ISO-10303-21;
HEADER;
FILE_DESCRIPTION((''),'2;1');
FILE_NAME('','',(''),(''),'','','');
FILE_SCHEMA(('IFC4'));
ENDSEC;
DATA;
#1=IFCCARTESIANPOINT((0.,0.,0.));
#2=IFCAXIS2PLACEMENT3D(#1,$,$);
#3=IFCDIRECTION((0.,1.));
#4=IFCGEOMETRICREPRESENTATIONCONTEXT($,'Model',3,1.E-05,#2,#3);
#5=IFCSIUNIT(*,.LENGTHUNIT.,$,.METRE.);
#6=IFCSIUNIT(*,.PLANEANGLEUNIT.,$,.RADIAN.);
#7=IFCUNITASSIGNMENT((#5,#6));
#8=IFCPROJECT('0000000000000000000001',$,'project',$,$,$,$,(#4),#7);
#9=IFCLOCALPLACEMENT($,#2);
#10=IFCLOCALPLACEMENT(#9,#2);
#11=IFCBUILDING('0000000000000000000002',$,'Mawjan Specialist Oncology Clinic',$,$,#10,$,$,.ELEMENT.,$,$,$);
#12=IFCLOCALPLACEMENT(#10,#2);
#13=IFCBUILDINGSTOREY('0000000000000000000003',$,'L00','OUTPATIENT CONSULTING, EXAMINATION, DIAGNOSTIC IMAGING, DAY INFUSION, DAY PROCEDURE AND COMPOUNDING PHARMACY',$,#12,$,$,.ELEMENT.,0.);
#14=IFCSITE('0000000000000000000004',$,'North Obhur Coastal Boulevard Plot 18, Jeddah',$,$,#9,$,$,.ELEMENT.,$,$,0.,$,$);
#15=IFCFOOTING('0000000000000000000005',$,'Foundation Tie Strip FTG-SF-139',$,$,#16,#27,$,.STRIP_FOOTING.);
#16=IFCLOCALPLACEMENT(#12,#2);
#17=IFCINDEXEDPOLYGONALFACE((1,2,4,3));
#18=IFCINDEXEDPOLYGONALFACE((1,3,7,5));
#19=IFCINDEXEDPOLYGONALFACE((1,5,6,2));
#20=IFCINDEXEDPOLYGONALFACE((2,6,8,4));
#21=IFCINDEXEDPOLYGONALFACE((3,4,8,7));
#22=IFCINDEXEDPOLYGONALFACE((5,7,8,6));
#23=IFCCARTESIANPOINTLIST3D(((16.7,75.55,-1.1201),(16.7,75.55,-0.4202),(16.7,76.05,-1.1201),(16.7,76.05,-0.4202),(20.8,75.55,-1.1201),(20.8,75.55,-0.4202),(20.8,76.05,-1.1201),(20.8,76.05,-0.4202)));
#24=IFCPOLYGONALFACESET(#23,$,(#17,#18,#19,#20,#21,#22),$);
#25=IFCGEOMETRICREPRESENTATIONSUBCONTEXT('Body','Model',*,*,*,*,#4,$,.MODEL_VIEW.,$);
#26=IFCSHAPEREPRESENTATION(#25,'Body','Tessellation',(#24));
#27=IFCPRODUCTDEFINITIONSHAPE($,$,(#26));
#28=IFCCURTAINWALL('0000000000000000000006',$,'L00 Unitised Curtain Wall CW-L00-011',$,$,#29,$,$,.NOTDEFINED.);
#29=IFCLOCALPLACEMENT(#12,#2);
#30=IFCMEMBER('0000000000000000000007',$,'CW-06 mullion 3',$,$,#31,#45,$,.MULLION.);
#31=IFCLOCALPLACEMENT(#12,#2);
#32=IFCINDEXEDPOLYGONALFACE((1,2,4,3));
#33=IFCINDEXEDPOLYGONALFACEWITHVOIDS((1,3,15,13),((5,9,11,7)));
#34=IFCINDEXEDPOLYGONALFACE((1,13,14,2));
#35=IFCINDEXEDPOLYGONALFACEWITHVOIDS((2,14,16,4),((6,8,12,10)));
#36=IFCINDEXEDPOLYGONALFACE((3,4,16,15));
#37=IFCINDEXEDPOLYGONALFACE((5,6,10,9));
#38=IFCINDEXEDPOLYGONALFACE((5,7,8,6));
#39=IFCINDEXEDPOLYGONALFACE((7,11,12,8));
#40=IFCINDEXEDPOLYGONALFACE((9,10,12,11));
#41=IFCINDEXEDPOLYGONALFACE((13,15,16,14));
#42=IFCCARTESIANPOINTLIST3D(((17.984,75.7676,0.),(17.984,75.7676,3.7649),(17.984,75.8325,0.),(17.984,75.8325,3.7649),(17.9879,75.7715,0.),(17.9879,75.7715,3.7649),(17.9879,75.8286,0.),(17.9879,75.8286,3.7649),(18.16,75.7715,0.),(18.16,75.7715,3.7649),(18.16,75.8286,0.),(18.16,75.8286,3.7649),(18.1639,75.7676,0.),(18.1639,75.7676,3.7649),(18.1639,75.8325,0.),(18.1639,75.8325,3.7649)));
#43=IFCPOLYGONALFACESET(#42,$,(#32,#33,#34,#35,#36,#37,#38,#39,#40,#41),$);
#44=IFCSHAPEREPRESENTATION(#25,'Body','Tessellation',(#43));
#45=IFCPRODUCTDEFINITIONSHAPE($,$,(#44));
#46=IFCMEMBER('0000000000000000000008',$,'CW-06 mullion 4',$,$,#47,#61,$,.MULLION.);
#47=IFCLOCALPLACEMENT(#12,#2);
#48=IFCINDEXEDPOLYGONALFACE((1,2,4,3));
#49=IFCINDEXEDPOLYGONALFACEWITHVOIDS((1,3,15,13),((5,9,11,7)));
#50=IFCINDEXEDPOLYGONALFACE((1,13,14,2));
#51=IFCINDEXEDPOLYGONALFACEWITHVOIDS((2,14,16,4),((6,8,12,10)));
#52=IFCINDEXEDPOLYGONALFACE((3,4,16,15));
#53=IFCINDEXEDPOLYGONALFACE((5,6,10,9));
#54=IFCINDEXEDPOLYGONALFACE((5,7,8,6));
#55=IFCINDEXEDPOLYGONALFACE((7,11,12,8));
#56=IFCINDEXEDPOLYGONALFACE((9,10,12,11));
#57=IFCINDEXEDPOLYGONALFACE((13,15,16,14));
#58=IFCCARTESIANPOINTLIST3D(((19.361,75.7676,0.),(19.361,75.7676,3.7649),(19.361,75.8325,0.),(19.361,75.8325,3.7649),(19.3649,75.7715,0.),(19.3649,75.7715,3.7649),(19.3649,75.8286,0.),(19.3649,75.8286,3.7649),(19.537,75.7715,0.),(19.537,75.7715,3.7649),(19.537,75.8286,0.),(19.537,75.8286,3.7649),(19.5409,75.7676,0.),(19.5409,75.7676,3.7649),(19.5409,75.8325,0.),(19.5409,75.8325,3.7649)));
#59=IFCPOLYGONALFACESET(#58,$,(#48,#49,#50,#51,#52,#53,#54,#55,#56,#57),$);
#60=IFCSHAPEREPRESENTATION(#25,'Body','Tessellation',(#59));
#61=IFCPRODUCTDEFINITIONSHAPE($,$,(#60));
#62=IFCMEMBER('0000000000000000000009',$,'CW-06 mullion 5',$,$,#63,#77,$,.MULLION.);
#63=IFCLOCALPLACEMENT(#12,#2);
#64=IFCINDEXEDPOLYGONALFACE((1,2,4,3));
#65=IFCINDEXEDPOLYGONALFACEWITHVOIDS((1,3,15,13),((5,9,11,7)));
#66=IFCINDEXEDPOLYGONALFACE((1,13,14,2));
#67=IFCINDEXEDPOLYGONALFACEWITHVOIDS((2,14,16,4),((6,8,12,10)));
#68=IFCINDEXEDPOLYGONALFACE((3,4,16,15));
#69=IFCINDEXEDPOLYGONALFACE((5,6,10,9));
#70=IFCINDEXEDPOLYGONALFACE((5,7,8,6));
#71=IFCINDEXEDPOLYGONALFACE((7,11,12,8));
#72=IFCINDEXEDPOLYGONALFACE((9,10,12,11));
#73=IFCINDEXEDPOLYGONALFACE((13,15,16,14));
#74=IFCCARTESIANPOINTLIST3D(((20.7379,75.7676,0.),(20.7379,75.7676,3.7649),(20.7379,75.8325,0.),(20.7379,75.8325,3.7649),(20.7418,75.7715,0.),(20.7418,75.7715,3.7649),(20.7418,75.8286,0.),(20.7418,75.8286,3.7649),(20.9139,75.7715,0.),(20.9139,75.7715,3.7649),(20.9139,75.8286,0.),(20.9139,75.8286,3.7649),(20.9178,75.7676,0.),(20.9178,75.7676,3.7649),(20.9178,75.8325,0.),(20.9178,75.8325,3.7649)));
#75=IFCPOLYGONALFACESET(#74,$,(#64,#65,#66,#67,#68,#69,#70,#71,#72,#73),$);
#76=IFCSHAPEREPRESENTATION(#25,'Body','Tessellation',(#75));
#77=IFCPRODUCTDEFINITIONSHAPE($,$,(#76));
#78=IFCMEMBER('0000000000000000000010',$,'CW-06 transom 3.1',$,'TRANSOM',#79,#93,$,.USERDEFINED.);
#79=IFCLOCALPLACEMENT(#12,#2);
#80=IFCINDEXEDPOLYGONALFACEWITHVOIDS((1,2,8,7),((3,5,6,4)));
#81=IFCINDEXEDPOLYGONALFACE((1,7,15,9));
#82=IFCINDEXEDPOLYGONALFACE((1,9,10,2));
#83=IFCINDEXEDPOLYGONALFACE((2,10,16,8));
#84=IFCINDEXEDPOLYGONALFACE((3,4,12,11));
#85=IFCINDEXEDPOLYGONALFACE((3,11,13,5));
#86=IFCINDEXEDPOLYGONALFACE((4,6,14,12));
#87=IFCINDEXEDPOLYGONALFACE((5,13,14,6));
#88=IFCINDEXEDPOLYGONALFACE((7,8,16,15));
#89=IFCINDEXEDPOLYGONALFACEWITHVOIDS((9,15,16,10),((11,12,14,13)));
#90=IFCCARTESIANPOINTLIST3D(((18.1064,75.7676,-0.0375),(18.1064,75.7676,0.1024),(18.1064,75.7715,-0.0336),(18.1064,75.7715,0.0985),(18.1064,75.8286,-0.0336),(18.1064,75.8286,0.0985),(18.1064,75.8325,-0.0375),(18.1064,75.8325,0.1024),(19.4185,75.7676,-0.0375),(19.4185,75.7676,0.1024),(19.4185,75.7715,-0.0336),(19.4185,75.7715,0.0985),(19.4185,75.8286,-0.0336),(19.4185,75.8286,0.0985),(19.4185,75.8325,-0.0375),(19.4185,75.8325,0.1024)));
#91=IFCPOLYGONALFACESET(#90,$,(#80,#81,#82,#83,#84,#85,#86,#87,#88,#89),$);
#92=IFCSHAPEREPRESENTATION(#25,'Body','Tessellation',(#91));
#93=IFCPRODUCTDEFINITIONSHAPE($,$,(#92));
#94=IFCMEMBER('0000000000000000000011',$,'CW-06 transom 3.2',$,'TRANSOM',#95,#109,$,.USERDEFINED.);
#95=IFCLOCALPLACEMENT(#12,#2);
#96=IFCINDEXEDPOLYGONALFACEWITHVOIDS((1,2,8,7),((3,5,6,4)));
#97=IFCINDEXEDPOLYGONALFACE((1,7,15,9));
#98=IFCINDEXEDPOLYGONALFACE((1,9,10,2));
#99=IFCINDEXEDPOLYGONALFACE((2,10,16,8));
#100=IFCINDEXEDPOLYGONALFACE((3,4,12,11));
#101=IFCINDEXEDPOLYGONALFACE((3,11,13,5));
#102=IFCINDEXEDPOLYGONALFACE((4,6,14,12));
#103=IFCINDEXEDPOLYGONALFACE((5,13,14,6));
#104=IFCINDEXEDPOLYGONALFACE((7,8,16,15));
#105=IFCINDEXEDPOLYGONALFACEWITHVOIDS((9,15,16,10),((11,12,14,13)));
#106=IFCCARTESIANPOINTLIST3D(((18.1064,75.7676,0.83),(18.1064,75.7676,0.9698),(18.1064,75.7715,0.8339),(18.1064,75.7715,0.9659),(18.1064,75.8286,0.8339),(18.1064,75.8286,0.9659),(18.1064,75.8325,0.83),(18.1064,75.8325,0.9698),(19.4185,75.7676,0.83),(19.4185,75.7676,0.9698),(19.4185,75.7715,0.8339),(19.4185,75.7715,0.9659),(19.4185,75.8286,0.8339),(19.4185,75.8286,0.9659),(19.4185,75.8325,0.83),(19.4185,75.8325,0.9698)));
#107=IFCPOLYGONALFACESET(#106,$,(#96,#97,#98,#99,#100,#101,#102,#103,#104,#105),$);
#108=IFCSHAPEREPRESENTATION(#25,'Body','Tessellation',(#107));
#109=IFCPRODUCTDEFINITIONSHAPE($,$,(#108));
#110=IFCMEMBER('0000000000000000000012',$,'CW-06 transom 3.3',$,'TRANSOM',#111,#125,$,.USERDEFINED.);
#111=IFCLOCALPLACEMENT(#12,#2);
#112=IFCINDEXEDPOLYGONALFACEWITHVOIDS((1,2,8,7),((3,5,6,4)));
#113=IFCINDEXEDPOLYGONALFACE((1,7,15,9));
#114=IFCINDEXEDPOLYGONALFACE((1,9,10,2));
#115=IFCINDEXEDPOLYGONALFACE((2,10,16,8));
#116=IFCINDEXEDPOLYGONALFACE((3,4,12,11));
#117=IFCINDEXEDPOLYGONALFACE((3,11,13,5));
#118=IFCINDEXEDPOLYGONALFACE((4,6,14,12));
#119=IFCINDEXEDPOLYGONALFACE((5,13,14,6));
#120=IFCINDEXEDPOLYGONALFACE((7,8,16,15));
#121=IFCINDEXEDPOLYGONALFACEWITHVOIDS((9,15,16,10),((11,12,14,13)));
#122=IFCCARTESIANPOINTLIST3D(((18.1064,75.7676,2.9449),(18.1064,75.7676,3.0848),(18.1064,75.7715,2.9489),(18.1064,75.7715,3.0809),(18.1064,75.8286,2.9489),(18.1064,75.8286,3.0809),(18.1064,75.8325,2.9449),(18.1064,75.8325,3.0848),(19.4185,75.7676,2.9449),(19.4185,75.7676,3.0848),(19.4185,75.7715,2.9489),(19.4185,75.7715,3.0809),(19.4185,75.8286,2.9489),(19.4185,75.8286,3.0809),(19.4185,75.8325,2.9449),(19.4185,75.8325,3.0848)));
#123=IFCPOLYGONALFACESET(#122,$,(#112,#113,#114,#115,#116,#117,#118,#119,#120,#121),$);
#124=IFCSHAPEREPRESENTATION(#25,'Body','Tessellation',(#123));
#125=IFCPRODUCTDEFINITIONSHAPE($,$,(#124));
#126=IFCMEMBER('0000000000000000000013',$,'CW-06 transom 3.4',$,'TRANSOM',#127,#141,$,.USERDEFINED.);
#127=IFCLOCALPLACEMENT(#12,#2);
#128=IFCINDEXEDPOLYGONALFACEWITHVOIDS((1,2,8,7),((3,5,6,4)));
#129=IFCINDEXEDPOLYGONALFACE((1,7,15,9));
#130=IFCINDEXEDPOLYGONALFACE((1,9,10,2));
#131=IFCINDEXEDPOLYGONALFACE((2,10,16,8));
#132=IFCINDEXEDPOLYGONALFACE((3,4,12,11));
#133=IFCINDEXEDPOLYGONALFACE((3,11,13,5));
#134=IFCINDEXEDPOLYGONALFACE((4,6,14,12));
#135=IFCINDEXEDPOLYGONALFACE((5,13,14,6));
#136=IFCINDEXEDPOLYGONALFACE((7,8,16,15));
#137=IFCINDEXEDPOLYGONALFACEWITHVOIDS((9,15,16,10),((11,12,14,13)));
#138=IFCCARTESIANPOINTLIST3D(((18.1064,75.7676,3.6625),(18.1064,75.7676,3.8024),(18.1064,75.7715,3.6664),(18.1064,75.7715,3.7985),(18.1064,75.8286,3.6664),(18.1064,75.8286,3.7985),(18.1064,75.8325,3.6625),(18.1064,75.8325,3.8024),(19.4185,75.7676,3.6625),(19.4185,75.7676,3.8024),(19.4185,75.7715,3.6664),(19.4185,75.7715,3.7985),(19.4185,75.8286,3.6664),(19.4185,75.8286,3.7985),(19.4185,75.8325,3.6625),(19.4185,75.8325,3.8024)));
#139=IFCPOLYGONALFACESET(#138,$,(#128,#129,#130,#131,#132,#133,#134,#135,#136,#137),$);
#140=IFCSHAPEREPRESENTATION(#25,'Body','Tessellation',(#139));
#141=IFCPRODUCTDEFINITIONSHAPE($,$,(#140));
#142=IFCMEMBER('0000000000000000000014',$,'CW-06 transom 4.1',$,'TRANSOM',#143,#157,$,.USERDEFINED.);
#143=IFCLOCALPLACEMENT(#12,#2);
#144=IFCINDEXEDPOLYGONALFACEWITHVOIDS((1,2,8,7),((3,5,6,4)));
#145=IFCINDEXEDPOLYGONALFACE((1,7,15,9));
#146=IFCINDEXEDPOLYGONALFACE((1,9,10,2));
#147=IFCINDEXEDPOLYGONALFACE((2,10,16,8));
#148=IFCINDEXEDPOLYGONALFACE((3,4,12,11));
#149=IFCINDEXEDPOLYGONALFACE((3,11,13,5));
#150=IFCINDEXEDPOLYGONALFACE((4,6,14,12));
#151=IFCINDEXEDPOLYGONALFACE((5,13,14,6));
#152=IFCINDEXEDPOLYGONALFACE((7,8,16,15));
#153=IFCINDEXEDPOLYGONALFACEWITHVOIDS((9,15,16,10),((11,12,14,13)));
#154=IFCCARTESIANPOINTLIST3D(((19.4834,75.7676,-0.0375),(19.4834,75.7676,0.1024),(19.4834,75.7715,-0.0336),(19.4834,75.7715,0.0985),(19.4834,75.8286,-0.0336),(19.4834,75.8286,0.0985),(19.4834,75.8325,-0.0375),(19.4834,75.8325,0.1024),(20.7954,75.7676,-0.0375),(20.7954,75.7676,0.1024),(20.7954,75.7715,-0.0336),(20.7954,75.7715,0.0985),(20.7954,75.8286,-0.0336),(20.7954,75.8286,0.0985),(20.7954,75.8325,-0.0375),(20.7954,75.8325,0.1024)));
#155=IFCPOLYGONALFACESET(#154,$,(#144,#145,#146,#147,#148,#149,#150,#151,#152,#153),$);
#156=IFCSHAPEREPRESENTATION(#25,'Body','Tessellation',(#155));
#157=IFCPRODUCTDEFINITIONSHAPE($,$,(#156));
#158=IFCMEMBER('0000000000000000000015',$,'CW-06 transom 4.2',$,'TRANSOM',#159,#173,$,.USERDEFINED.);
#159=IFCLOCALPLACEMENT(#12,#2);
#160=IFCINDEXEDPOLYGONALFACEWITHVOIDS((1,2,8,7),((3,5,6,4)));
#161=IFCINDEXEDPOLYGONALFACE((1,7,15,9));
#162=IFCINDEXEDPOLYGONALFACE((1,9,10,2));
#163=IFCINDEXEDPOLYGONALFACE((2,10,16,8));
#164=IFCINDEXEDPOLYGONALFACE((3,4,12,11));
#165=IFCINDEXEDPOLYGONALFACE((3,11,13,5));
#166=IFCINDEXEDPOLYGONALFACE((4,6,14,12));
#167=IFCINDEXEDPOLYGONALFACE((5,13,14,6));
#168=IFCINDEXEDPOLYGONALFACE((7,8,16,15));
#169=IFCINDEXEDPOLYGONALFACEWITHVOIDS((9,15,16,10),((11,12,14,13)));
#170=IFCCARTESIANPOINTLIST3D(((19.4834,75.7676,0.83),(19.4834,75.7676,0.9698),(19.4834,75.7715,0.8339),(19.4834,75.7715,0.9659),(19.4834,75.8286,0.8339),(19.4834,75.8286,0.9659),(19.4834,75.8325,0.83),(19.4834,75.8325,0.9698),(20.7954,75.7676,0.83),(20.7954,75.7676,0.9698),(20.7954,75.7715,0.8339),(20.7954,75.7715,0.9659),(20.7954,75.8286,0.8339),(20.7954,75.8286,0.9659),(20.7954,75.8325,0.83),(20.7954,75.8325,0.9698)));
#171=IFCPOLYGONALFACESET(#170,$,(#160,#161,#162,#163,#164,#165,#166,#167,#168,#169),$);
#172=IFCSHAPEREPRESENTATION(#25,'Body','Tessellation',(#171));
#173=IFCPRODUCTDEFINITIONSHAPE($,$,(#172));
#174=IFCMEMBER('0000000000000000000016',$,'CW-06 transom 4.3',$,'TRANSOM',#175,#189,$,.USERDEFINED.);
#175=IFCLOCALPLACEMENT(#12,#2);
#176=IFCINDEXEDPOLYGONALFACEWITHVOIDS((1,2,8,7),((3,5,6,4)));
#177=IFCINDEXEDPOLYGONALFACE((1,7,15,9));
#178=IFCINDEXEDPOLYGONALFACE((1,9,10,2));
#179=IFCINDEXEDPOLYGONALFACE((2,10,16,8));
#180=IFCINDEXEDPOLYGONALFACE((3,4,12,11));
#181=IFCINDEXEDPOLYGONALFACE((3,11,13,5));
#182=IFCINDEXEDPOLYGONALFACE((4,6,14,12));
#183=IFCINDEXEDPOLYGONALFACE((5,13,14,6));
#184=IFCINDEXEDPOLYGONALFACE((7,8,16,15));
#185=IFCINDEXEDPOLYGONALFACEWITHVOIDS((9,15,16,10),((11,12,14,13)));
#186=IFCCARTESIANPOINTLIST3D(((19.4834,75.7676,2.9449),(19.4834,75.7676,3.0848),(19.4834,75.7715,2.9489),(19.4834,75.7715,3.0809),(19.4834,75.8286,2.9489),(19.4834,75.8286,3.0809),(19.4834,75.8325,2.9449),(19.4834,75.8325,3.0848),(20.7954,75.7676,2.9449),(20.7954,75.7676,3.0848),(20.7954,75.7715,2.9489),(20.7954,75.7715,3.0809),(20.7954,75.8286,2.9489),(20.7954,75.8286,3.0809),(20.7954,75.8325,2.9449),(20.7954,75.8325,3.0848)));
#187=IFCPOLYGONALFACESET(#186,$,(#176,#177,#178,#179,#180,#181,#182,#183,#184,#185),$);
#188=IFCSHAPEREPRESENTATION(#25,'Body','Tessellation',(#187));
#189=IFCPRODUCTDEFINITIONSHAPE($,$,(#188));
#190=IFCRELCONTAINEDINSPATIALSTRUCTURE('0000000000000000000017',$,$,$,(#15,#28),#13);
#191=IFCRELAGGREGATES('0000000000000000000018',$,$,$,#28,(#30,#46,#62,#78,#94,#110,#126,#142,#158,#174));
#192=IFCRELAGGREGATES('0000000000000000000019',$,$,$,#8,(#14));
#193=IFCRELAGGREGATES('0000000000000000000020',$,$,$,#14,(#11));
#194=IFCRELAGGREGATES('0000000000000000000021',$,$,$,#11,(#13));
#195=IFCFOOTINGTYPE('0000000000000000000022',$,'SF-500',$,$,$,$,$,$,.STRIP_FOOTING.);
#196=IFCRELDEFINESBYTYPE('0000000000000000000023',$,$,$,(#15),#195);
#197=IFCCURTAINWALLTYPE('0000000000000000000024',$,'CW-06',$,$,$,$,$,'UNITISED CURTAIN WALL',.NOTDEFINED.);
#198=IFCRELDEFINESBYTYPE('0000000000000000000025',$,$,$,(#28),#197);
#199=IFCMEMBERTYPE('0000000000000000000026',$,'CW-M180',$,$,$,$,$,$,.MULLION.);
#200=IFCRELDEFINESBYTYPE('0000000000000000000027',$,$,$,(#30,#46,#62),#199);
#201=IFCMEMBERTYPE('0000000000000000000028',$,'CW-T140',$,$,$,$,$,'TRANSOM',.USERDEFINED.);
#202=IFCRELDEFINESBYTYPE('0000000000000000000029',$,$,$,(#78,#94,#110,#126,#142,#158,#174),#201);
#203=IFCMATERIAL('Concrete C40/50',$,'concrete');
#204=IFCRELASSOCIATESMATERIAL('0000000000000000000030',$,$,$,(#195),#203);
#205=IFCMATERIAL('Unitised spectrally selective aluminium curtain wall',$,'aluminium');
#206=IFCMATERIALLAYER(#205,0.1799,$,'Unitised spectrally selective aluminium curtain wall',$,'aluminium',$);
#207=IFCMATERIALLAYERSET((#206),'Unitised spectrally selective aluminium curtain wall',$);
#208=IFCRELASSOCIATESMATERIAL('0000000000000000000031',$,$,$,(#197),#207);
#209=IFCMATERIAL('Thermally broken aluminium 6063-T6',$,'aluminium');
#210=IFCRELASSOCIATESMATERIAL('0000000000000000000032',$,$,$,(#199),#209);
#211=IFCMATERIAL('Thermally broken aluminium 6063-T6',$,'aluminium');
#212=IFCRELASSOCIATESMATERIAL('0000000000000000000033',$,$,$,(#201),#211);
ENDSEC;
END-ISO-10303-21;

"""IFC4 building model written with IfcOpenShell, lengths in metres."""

from ifc_helpers import new_model, si_unit, direction, frame, origin, origin_2d, place, context, subcontext, project, spatial, rectangle, hollow_rectangle, extrude, material, layer, layer_set, material_profile, profile_set, type_object, element, aggregate, save


model = new_model("IFC4")

# Units and contexts
model_context = context("Model", 3, precision=1e-05, world=origin(), true_north=direction((0.0, 1.0)))
body_context = subcontext(model_context, "Body", "Model", "MODEL_VIEW")
ifc_project = project(units=[si_unit("LENGTHUNIT", "METRE"), si_unit("PLANEANGLEUNIT", "RADIAN")], contexts=[model_context])

# Site, building, storey
site_placement = place(None, origin())
site = spatial("IfcSite", under=ifc_project, at=site_placement, Name="North Obhur Coastal Boulevard Plot 18, Jeddah", CompositionType="ELEMENT", RefElevation=0.0)
building_placement = place(site_placement, origin())
building = spatial("IfcBuilding", under=site, at=building_placement, Name="Mawjan Specialist Oncology Clinic", CompositionType="ELEMENT")
storey_placement = place(building_placement, origin())
storey = spatial("IfcBuildingStorey", under=building, at=storey_placement, Name="L00", Description="OUTPATIENT CONSULTING, EXAMINATION, DIAGNOSTIC IMAGING, DAY INFUSION, DAY PROCEDURE AND COMPOUNDING PHARMACY", CompositionType="ELEMENT", Elevation=0.0)

# Footing
ifc_material_1 = material(Name="Concrete C40/50", Category="concrete")
footing_type = type_object("IfcFootingType", Name="SF-500", PredefinedType="STRIP_FOOTING", material=ifc_material_1)
footing_placement = place(storey_placement, frame((18.75, 75.8, -1.1201), z_axis=(0.0, 0.0, 1.0), x_axis=(1.0, 0.0, 0.0)))
element("IfcFooting", 1, at=footing_placement, inside=storey, type_object=footing_type, Name="Foundation Tie Strip FTG-SF-139", PredefinedType="STRIP_FOOTING", context=body_context, shape_type="SweptSolid", body=[
    extrude(rectangle(XDim=4.1001, YDim=0.5, at=origin_2d()), origin(), (0.0, 0.0, 1.0), 0.7),
])

# Curtain wall, members
ifc_material_2 = material(Name="Unitised spectrally selective aluminium curtain wall", Category="aluminium")
ifc_layer_1 = layer(ifc_material_2, 0.1799, Name="Unitised spectrally selective aluminium curtain wall", Category="aluminium")
ifc_layer_set_1 = layer_set([ifc_layer_1], Name="Unitised spectrally selective aluminium curtain wall")
curtain_wall_type = type_object("IfcCurtainWallType", Name="CW-06", ElementType="UNITISED CURTAIN WALL", PredefinedType="NOTDEFINED", material=ifc_layer_set_1)
curtain_wall_placement = place(storey_placement, origin())
curtain_wall = element("IfcCurtainWall", 2, at=curtain_wall_placement, inside=storey, type_object=curtain_wall_type, Name="L00 Unitised Curtain Wall CW-L00-011", PredefinedType="NOTDEFINED")
ifc_material_3 = material(Name="Thermally broken aluminium 6063-T6", Category="aluminium")
ifc_material_profile_1 = material_profile(ifc_material_3, hollow_rectangle(XDim=0.0649, YDim=0.1799, WallThickness=0.0039, at=origin_2d()), Name="ALU MULLION 180x65x4", Category="aluminium")
ifc_profile_set_1 = profile_set([ifc_material_profile_1], Name="Thermally broken aluminium 6063-T6")
member_type_1 = type_object("IfcMemberType", Name="CW-M180", PredefinedType="MULLION", material=ifc_profile_set_1)
member_1_placement = place(storey_placement, frame((18.074, 75.8, 0.0), z_axis=(0.0, 0.0, 1.0), x_axis=(0.0, 1.0, 0.0)))
member_1 = element("IfcMember", 3, at=member_1_placement, type_object=member_type_1, Name="CW-06 mullion 3", PredefinedType="MULLION", context=body_context, shape_type="SweptSolid", body=[
    extrude(hollow_rectangle(XDim=0.0649, YDim=0.1799, WallThickness=0.0039, at=origin_2d()), origin(), (0.0, 0.0, 1.0), 3.7649),
])
member_2_placement = place(storey_placement, frame((19.4509, 75.8, 0.0), z_axis=(0.0, 0.0, 1.0), x_axis=(0.0, 1.0, 0.0)))
member_2 = element("IfcMember", 4, at=member_2_placement, type_object=member_type_1, Name="CW-06 mullion 4", PredefinedType="MULLION", context=body_context, shape_type="SweptSolid", body=[
    extrude(hollow_rectangle(XDim=0.0649, YDim=0.1799, WallThickness=0.0039, at=origin_2d()), origin(), (0.0, 0.0, 1.0), 3.7649),
])
member_3_placement = place(storey_placement, frame((20.8279, 75.8, 0.0), z_axis=(0.0, 0.0, 1.0), x_axis=(0.0, 1.0, 0.0)))
member_3 = element("IfcMember", 5, at=member_3_placement, type_object=member_type_1, Name="CW-06 mullion 5", PredefinedType="MULLION", context=body_context, shape_type="SweptSolid", body=[
    extrude(hollow_rectangle(XDim=0.0649, YDim=0.1799, WallThickness=0.0039, at=origin_2d()), origin(), (0.0, 0.0, 1.0), 3.7649),
])
ifc_material_4 = material(Name="Thermally broken aluminium 6063-T6", Category="aluminium")
ifc_material_profile_2 = material_profile(ifc_material_4, hollow_rectangle(XDim=0.0649, YDim=0.1399, WallThickness=0.0039, at=origin_2d()), Name="ALU TRANSOM 140x65x4", Category="aluminium")
ifc_profile_set_2 = profile_set([ifc_material_profile_2], Name="Thermally broken aluminium 6063-T6")
member_type_2 = type_object("IfcMemberType", Name="CW-T140", ElementType="TRANSOM", PredefinedType="USERDEFINED", material=ifc_profile_set_2)
member_4_placement = place(storey_placement, frame((18.1064, 75.8, 0.0325), z_axis=(1.0, 0.0, 0.0), x_axis=(0.0, 1.0, 0.0)))
member_4 = element("IfcMember", 6, at=member_4_placement, type_object=member_type_2, Name="CW-06 transom 3.1", ObjectType="TRANSOM", PredefinedType="USERDEFINED", context=body_context, shape_type="SweptSolid", body=[
    extrude(hollow_rectangle(XDim=0.0649, YDim=0.1399, WallThickness=0.0039, at=origin_2d()), origin(), (0.0, 0.0, 1.0), 1.312),
])
member_5_placement = place(storey_placement, frame((18.1064, 75.8, 0.8999), z_axis=(1.0, 0.0, 0.0), x_axis=(0.0, 1.0, 0.0)))
member_5 = element("IfcMember", 7, at=member_5_placement, type_object=member_type_2, Name="CW-06 transom 3.2", ObjectType="TRANSOM", PredefinedType="USERDEFINED", context=body_context, shape_type="SweptSolid", body=[
    extrude(hollow_rectangle(XDim=0.0649, YDim=0.1399, WallThickness=0.0039, at=origin_2d()), origin(), (0.0, 0.0, 1.0), 1.312),
])
member_6_placement = place(storey_placement, frame((18.1064, 75.8, 3.0149), z_axis=(1.0, 0.0, 0.0), x_axis=(0.0, 1.0, 0.0)))
member_6 = element("IfcMember", 8, at=member_6_placement, type_object=member_type_2, Name="CW-06 transom 3.3", ObjectType="TRANSOM", PredefinedType="USERDEFINED", context=body_context, shape_type="SweptSolid", body=[
    extrude(hollow_rectangle(XDim=0.0649, YDim=0.1399, WallThickness=0.0039, at=origin_2d()), origin(), (0.0, 0.0, 1.0), 1.312),
])
member_7_placement = place(storey_placement, frame((18.1064, 75.8, 3.7324), z_axis=(1.0, 0.0, 0.0), x_axis=(0.0, 1.0, 0.0)))
member_7 = element("IfcMember", 9, at=member_7_placement, type_object=member_type_2, Name="CW-06 transom 3.4", ObjectType="TRANSOM", PredefinedType="USERDEFINED", context=body_context, shape_type="SweptSolid", body=[
    extrude(hollow_rectangle(XDim=0.0649, YDim=0.1399, WallThickness=0.0039, at=origin_2d()), origin(), (0.0, 0.0, 1.0), 1.312),
])
member_8_placement = place(storey_placement, frame((19.4834, 75.8, 0.0325), z_axis=(1.0, 0.0, 0.0), x_axis=(0.0, 1.0, 0.0)))
member_8 = element("IfcMember", 10, at=member_8_placement, type_object=member_type_2, Name="CW-06 transom 4.1", ObjectType="TRANSOM", PredefinedType="USERDEFINED", context=body_context, shape_type="SweptSolid", body=[
    extrude(hollow_rectangle(XDim=0.0649, YDim=0.1399, WallThickness=0.0039, at=origin_2d()), origin(), (0.0, 0.0, 1.0), 1.312),
])
member_9_placement = place(storey_placement, frame((19.4834, 75.8, 0.8999), z_axis=(1.0, 0.0, 0.0), x_axis=(0.0, 1.0, 0.0)))
member_9 = element("IfcMember", 11, at=member_9_placement, type_object=member_type_2, Name="CW-06 transom 4.2", ObjectType="TRANSOM", PredefinedType="USERDEFINED", context=body_context, shape_type="SweptSolid", body=[
    extrude(hollow_rectangle(XDim=0.0649, YDim=0.1399, WallThickness=0.0039, at=origin_2d()), origin(), (0.0, 0.0, 1.0), 1.312),
])
member_10_placement = place(storey_placement, frame((19.4834, 75.8, 3.0149), z_axis=(1.0, 0.0, 0.0), x_axis=(0.0, 1.0, 0.0)))
member_10 = element("IfcMember", 12, at=member_10_placement, type_object=member_type_2, Name="CW-06 transom 4.3", ObjectType="TRANSOM", PredefinedType="USERDEFINED", context=body_context, shape_type="SweptSolid", body=[
    extrude(hollow_rectangle(XDim=0.0649, YDim=0.1399, WallThickness=0.0039, at=origin_2d()), origin(), (0.0, 0.0, 1.0), 1.312),
])
aggregate(curtain_wall, [member_1, member_2, member_3, member_4, member_5, member_6, member_7, member_8, member_9, member_10])

save(model, "model.ifc")
